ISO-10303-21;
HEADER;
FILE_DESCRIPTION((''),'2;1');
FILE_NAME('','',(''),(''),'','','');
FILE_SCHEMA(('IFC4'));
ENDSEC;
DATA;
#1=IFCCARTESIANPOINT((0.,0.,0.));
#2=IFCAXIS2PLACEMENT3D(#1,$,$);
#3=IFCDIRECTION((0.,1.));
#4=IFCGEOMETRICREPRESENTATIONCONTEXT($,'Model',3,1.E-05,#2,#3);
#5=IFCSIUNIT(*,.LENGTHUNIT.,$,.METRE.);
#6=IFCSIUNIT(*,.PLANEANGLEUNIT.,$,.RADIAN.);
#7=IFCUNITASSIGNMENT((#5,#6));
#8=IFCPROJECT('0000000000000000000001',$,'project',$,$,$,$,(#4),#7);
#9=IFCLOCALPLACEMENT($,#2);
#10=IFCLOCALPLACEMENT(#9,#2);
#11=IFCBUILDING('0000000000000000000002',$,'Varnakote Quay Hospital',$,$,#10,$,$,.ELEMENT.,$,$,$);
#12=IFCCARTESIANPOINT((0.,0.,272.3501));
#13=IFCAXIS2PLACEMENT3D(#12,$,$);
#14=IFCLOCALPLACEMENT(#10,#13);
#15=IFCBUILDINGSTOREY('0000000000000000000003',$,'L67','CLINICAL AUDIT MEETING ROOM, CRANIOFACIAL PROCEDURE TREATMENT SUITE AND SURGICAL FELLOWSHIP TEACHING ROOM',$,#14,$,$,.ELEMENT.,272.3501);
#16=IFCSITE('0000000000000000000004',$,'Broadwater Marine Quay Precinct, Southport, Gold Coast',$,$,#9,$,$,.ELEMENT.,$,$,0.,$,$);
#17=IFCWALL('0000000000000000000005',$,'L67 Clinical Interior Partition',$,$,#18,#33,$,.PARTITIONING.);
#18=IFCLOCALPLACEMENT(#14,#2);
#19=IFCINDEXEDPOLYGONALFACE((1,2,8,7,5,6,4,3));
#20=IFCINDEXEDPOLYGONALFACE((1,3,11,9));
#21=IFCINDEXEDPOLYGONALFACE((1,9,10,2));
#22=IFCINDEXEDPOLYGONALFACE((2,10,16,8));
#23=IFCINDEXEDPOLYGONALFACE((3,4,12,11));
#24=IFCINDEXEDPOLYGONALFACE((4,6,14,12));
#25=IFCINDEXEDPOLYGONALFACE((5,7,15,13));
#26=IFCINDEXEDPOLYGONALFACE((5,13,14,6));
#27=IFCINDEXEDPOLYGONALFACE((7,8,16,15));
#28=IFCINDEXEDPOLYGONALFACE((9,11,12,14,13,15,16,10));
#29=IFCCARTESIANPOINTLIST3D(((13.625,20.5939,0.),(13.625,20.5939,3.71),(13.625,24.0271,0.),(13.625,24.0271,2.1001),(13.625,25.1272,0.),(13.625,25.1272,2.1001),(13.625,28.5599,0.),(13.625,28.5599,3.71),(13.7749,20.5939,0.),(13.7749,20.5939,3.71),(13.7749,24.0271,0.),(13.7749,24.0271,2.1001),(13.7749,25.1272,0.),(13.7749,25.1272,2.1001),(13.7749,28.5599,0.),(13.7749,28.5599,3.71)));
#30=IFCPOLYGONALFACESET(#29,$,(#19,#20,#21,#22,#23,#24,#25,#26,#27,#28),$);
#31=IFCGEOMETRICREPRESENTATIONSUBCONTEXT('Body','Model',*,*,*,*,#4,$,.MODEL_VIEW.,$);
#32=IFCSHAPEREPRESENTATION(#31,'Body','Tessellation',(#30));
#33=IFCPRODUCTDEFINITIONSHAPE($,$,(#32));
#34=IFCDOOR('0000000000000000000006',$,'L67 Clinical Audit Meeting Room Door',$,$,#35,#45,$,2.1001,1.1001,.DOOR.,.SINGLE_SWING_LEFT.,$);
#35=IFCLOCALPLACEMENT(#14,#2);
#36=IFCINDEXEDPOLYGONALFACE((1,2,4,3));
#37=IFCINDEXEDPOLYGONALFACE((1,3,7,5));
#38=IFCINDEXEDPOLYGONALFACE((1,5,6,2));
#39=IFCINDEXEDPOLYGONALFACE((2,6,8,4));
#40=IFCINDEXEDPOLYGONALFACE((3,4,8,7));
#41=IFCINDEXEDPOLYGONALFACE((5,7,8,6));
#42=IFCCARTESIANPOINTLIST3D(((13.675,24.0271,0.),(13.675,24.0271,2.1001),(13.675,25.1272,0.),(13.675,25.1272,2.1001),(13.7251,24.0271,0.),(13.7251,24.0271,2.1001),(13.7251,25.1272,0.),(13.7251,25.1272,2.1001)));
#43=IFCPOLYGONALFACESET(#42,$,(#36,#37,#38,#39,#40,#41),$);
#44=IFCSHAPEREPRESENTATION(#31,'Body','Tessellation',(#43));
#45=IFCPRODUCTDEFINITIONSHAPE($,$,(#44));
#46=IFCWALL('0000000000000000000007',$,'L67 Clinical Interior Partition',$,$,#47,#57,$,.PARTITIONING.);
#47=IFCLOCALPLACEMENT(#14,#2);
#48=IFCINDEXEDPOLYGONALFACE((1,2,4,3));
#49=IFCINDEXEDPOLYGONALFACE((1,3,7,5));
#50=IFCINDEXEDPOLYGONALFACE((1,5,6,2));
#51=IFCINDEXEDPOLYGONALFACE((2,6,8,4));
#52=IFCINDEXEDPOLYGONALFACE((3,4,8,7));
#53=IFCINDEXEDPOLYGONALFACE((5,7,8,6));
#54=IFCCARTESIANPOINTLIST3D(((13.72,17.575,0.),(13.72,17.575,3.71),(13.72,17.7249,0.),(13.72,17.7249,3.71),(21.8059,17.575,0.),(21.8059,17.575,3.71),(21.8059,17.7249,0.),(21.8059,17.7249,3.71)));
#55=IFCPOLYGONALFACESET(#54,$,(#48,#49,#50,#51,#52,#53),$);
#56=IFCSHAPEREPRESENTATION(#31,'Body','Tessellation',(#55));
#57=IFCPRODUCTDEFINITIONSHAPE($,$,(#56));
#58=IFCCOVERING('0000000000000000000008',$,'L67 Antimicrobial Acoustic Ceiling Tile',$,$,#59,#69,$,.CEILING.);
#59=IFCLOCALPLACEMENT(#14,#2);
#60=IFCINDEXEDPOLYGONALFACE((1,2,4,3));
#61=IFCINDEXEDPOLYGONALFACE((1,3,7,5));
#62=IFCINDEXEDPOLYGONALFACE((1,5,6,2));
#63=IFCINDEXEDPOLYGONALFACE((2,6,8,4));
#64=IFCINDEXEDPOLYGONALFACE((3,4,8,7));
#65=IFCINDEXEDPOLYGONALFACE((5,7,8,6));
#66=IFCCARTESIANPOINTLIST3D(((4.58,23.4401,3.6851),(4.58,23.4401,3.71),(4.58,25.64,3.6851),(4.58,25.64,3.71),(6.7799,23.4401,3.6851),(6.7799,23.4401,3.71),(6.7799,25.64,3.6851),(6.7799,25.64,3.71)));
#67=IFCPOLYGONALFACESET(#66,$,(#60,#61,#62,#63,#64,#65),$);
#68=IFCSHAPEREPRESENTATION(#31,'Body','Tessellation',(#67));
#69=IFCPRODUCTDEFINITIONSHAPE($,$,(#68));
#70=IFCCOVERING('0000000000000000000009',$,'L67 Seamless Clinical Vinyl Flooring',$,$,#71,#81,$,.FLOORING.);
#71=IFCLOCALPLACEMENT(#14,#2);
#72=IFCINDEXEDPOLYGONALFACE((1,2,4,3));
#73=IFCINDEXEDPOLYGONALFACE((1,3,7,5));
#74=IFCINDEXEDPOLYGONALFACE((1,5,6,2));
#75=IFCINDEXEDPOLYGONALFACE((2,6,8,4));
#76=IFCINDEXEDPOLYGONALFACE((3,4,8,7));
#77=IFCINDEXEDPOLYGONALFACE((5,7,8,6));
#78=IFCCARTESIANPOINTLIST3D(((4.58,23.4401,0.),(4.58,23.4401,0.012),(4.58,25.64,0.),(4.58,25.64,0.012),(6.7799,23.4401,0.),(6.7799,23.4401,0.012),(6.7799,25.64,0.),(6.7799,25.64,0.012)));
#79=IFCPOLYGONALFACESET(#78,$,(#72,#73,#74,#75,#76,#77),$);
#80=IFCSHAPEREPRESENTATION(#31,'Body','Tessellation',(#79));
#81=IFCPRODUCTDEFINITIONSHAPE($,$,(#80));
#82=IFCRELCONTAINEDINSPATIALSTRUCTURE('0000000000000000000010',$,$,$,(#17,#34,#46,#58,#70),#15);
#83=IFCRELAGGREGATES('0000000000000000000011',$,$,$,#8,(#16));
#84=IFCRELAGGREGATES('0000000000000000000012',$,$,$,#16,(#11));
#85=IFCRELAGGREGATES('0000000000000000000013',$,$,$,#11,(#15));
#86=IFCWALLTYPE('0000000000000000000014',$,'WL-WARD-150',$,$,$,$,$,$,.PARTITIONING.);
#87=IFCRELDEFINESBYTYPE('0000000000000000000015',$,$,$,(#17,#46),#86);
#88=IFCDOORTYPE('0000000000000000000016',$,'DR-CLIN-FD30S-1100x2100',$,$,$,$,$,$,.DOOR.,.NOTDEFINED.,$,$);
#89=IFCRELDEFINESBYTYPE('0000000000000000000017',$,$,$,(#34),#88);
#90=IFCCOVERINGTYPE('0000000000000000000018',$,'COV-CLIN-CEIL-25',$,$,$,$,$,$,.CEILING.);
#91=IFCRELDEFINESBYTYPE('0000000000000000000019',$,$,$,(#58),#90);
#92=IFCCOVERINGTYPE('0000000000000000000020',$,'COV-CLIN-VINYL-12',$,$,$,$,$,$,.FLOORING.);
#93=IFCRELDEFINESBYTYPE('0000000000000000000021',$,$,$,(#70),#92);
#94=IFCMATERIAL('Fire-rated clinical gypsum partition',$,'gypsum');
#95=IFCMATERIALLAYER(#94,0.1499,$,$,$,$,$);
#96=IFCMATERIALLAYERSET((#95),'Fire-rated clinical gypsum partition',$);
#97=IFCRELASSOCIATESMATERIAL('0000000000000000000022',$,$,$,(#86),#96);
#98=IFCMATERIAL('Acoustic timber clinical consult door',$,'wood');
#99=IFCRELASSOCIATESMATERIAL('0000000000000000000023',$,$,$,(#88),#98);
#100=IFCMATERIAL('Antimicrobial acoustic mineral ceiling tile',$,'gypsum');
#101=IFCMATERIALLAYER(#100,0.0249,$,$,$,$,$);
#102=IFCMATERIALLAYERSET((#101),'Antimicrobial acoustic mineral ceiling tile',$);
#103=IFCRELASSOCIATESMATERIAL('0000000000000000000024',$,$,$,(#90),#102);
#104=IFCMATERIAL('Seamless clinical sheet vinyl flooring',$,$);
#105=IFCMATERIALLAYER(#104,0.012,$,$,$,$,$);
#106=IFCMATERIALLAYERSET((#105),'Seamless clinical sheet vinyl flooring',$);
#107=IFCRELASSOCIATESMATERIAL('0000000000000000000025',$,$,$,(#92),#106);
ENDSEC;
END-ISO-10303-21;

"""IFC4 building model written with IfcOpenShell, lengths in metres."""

from ifc_helpers import new_model, si_unit, direction, frame, frame_2d, origin, origin_2d, place, context, subcontext, project, spatial, rectangle, extrude, material, layer, layer_set, type_object, element, fill, save


model = new_model("IFC4")

# Units and contexts
model_context = context("Model", 3, precision=1e-05, world=origin(), true_north=direction((0.0, 1.0)))
body_context = subcontext(model_context, "Body", "Model", "MODEL_VIEW")
ifc_project = project(units=[si_unit("LENGTHUNIT", "METRE"), si_unit("PLANEANGLEUNIT", "RADIAN")], contexts=[model_context])

# Site, building, storey
site_placement = place(None, origin())
site = spatial("IfcSite", under=ifc_project, at=site_placement, Name="Broadwater Marine Quay Precinct, Southport, Gold Coast", CompositionType="ELEMENT", RefElevation=0.0)
building_placement = place(site_placement, origin())
building = spatial("IfcBuilding", under=site, at=building_placement, Name="Varnakote Quay Hospital", CompositionType="ELEMENT")
storey_placement = place(building_placement, frame((0.0, 0.0, 272.3501)))
storey = spatial("IfcBuildingStorey", under=building, at=storey_placement, Name="L67", Description="CLINICAL AUDIT MEETING ROOM, CRANIOFACIAL PROCEDURE TREATMENT SUITE AND SURGICAL FELLOWSHIP TEACHING ROOM", CompositionType="ELEMENT", Elevation=272.3501)

# Shared definitions
ifc_material_1 = material(Name="Fire-rated clinical gypsum partition", Category="gypsum")
ifc_layer_1 = layer(ifc_material_1, 0.1499)
ifc_layer_set_1 = layer_set([ifc_layer_1], Name="Fire-rated clinical gypsum partition")
wall_type_1 = type_object("IfcWallType", Name="WL-WARD-150", PredefinedType="PARTITIONING", material=ifc_layer_set_1)
ifc_material_2 = material(Name="Acoustic timber clinical consult door", Category="wood")
door_type_1 = type_object("IfcDoorType", Name="DR-CLIN-FD30S-1100x2100", OperationType="NOTDEFINED", PredefinedType="DOOR", material=ifc_material_2)

# Wall, opening, door
wall_1_placement = place(storey_placement, frame((13.7, 20.594, 0.0), z_axis=(0.0, 0.0, 1.0), x_axis=(0.0, 1.0, 0.0)))
wall_1 = element("IfcWall", 1, at=wall_1_placement, inside=storey, type_object=wall_type_1, Name="L67 Clinical Interior Partition", PredefinedType="PARTITIONING", context=body_context, shape_type="SweptSolid", body=[
    extrude(rectangle(XDim=7.9661, YDim=0.1499, at=frame_2d((3.9829, 0.0))), origin(), (0.0, 0.0, 1.0), 3.71),
])
opening_1_placement = place(wall_1_placement, frame((3.4331, 0.0, 0.0)))
opening_1 = element("IfcOpeningElement", 2, at=opening_1_placement, cuts=wall_1, PredefinedType="OPENING", context=body_context, shape_type="SweptSolid", body=[
    extrude(rectangle(XDim=1.1001, YDim=2.1001, at=frame_2d((0.55, 1.05))), frame((0.0, 0.085, 0.0), z_axis=(0.0, -1.0, 0.0), x_axis=(1.0, 0.0, 0.0)), (0.0, 0.0, 1.0), 0.1699),
])
door_1_placement = place(opening_1_placement, origin())
door_1 = element("IfcDoor", 3, at=door_1_placement, inside=storey, type_object=door_type_1, Name="L67 Clinical Audit Meeting Room Door", OperationType="SINGLE_SWING_LEFT", OverallHeight=2.1001, OverallWidth=1.1001, PredefinedType="DOOR", context=body_context, shape_type="SweptSolid", body=[
    extrude(rectangle(XDim=1.1001, YDim=2.1001, at=frame_2d((0.55, 1.05))), frame((0.0, 0.0249, 0.0), z_axis=(0.0, -1.0, 0.0), x_axis=(1.0, 0.0, 0.0)), (0.0, 0.0, 1.0), 0.05),
])
fill(opening_1, door_1)

# Wall
wall_2_placement = place(storey_placement, frame((13.72, 17.6499, 0.0), z_axis=(0.0, 0.0, 1.0), x_axis=(1.0, 0.0, 0.0)))
element("IfcWall", 4, at=wall_2_placement, inside=storey, type_object=wall_type_1, Name="L67 Clinical Interior Partition", PredefinedType="PARTITIONING", context=body_context, shape_type="SweptSolid", body=[
    extrude(rectangle(XDim=8.0859, YDim=0.1499, at=frame_2d((4.043, 0.0))), origin(), (0.0, 0.0, 1.0), 3.71),
])

# Coverings
ifc_material_3 = material(Name="Antimicrobial acoustic mineral ceiling tile", Category="gypsum")
ifc_layer_2 = layer(ifc_material_3, 0.0249)
ifc_layer_set_2 = layer_set([ifc_layer_2], Name="Antimicrobial acoustic mineral ceiling tile")
covering_type_1 = type_object("IfcCoveringType", Name="COV-CLIN-CEIL-25", PredefinedType="CEILING", material=ifc_layer_set_2)
covering_1_placement = place(storey_placement, frame((5.6799, 24.54, 3.6851), z_axis=(0.0, 0.0, 1.0), x_axis=(1.0, 0.0, 0.0)))
element("IfcCovering", 5, at=covering_1_placement, inside=storey, type_object=covering_type_1, Name="L67 Antimicrobial Acoustic Ceiling Tile", PredefinedType="CEILING", context=body_context, shape_type="SweptSolid", body=[
    extrude(rectangle(XDim=2.2, YDim=2.2, at=origin_2d()), origin(), (0.0, 0.0, 1.0), 0.0249),
])
ifc_material_4 = material(Name="Seamless clinical sheet vinyl flooring")
ifc_layer_3 = layer(ifc_material_4, 0.012)
ifc_layer_set_3 = layer_set([ifc_layer_3], Name="Seamless clinical sheet vinyl flooring")
covering_type_2 = type_object("IfcCoveringType", Name="COV-CLIN-VINYL-12", PredefinedType="FLOORING", material=ifc_layer_set_3)
covering_2_placement = place(storey_placement, frame((5.6799, 24.54, 0.0), z_axis=(0.0, 0.0, 1.0), x_axis=(1.0, 0.0, 0.0)))
element("IfcCovering", 6, at=covering_2_placement, inside=storey, type_object=covering_type_2, Name="L67 Seamless Clinical Vinyl Flooring", PredefinedType="FLOORING", context=body_context, shape_type="SweptSolid", body=[
    extrude(rectangle(XDim=2.2, YDim=2.2, at=origin_2d()), origin(), (0.0, 0.0, 1.0), 0.012),
])

save(model, "model.ifc")
